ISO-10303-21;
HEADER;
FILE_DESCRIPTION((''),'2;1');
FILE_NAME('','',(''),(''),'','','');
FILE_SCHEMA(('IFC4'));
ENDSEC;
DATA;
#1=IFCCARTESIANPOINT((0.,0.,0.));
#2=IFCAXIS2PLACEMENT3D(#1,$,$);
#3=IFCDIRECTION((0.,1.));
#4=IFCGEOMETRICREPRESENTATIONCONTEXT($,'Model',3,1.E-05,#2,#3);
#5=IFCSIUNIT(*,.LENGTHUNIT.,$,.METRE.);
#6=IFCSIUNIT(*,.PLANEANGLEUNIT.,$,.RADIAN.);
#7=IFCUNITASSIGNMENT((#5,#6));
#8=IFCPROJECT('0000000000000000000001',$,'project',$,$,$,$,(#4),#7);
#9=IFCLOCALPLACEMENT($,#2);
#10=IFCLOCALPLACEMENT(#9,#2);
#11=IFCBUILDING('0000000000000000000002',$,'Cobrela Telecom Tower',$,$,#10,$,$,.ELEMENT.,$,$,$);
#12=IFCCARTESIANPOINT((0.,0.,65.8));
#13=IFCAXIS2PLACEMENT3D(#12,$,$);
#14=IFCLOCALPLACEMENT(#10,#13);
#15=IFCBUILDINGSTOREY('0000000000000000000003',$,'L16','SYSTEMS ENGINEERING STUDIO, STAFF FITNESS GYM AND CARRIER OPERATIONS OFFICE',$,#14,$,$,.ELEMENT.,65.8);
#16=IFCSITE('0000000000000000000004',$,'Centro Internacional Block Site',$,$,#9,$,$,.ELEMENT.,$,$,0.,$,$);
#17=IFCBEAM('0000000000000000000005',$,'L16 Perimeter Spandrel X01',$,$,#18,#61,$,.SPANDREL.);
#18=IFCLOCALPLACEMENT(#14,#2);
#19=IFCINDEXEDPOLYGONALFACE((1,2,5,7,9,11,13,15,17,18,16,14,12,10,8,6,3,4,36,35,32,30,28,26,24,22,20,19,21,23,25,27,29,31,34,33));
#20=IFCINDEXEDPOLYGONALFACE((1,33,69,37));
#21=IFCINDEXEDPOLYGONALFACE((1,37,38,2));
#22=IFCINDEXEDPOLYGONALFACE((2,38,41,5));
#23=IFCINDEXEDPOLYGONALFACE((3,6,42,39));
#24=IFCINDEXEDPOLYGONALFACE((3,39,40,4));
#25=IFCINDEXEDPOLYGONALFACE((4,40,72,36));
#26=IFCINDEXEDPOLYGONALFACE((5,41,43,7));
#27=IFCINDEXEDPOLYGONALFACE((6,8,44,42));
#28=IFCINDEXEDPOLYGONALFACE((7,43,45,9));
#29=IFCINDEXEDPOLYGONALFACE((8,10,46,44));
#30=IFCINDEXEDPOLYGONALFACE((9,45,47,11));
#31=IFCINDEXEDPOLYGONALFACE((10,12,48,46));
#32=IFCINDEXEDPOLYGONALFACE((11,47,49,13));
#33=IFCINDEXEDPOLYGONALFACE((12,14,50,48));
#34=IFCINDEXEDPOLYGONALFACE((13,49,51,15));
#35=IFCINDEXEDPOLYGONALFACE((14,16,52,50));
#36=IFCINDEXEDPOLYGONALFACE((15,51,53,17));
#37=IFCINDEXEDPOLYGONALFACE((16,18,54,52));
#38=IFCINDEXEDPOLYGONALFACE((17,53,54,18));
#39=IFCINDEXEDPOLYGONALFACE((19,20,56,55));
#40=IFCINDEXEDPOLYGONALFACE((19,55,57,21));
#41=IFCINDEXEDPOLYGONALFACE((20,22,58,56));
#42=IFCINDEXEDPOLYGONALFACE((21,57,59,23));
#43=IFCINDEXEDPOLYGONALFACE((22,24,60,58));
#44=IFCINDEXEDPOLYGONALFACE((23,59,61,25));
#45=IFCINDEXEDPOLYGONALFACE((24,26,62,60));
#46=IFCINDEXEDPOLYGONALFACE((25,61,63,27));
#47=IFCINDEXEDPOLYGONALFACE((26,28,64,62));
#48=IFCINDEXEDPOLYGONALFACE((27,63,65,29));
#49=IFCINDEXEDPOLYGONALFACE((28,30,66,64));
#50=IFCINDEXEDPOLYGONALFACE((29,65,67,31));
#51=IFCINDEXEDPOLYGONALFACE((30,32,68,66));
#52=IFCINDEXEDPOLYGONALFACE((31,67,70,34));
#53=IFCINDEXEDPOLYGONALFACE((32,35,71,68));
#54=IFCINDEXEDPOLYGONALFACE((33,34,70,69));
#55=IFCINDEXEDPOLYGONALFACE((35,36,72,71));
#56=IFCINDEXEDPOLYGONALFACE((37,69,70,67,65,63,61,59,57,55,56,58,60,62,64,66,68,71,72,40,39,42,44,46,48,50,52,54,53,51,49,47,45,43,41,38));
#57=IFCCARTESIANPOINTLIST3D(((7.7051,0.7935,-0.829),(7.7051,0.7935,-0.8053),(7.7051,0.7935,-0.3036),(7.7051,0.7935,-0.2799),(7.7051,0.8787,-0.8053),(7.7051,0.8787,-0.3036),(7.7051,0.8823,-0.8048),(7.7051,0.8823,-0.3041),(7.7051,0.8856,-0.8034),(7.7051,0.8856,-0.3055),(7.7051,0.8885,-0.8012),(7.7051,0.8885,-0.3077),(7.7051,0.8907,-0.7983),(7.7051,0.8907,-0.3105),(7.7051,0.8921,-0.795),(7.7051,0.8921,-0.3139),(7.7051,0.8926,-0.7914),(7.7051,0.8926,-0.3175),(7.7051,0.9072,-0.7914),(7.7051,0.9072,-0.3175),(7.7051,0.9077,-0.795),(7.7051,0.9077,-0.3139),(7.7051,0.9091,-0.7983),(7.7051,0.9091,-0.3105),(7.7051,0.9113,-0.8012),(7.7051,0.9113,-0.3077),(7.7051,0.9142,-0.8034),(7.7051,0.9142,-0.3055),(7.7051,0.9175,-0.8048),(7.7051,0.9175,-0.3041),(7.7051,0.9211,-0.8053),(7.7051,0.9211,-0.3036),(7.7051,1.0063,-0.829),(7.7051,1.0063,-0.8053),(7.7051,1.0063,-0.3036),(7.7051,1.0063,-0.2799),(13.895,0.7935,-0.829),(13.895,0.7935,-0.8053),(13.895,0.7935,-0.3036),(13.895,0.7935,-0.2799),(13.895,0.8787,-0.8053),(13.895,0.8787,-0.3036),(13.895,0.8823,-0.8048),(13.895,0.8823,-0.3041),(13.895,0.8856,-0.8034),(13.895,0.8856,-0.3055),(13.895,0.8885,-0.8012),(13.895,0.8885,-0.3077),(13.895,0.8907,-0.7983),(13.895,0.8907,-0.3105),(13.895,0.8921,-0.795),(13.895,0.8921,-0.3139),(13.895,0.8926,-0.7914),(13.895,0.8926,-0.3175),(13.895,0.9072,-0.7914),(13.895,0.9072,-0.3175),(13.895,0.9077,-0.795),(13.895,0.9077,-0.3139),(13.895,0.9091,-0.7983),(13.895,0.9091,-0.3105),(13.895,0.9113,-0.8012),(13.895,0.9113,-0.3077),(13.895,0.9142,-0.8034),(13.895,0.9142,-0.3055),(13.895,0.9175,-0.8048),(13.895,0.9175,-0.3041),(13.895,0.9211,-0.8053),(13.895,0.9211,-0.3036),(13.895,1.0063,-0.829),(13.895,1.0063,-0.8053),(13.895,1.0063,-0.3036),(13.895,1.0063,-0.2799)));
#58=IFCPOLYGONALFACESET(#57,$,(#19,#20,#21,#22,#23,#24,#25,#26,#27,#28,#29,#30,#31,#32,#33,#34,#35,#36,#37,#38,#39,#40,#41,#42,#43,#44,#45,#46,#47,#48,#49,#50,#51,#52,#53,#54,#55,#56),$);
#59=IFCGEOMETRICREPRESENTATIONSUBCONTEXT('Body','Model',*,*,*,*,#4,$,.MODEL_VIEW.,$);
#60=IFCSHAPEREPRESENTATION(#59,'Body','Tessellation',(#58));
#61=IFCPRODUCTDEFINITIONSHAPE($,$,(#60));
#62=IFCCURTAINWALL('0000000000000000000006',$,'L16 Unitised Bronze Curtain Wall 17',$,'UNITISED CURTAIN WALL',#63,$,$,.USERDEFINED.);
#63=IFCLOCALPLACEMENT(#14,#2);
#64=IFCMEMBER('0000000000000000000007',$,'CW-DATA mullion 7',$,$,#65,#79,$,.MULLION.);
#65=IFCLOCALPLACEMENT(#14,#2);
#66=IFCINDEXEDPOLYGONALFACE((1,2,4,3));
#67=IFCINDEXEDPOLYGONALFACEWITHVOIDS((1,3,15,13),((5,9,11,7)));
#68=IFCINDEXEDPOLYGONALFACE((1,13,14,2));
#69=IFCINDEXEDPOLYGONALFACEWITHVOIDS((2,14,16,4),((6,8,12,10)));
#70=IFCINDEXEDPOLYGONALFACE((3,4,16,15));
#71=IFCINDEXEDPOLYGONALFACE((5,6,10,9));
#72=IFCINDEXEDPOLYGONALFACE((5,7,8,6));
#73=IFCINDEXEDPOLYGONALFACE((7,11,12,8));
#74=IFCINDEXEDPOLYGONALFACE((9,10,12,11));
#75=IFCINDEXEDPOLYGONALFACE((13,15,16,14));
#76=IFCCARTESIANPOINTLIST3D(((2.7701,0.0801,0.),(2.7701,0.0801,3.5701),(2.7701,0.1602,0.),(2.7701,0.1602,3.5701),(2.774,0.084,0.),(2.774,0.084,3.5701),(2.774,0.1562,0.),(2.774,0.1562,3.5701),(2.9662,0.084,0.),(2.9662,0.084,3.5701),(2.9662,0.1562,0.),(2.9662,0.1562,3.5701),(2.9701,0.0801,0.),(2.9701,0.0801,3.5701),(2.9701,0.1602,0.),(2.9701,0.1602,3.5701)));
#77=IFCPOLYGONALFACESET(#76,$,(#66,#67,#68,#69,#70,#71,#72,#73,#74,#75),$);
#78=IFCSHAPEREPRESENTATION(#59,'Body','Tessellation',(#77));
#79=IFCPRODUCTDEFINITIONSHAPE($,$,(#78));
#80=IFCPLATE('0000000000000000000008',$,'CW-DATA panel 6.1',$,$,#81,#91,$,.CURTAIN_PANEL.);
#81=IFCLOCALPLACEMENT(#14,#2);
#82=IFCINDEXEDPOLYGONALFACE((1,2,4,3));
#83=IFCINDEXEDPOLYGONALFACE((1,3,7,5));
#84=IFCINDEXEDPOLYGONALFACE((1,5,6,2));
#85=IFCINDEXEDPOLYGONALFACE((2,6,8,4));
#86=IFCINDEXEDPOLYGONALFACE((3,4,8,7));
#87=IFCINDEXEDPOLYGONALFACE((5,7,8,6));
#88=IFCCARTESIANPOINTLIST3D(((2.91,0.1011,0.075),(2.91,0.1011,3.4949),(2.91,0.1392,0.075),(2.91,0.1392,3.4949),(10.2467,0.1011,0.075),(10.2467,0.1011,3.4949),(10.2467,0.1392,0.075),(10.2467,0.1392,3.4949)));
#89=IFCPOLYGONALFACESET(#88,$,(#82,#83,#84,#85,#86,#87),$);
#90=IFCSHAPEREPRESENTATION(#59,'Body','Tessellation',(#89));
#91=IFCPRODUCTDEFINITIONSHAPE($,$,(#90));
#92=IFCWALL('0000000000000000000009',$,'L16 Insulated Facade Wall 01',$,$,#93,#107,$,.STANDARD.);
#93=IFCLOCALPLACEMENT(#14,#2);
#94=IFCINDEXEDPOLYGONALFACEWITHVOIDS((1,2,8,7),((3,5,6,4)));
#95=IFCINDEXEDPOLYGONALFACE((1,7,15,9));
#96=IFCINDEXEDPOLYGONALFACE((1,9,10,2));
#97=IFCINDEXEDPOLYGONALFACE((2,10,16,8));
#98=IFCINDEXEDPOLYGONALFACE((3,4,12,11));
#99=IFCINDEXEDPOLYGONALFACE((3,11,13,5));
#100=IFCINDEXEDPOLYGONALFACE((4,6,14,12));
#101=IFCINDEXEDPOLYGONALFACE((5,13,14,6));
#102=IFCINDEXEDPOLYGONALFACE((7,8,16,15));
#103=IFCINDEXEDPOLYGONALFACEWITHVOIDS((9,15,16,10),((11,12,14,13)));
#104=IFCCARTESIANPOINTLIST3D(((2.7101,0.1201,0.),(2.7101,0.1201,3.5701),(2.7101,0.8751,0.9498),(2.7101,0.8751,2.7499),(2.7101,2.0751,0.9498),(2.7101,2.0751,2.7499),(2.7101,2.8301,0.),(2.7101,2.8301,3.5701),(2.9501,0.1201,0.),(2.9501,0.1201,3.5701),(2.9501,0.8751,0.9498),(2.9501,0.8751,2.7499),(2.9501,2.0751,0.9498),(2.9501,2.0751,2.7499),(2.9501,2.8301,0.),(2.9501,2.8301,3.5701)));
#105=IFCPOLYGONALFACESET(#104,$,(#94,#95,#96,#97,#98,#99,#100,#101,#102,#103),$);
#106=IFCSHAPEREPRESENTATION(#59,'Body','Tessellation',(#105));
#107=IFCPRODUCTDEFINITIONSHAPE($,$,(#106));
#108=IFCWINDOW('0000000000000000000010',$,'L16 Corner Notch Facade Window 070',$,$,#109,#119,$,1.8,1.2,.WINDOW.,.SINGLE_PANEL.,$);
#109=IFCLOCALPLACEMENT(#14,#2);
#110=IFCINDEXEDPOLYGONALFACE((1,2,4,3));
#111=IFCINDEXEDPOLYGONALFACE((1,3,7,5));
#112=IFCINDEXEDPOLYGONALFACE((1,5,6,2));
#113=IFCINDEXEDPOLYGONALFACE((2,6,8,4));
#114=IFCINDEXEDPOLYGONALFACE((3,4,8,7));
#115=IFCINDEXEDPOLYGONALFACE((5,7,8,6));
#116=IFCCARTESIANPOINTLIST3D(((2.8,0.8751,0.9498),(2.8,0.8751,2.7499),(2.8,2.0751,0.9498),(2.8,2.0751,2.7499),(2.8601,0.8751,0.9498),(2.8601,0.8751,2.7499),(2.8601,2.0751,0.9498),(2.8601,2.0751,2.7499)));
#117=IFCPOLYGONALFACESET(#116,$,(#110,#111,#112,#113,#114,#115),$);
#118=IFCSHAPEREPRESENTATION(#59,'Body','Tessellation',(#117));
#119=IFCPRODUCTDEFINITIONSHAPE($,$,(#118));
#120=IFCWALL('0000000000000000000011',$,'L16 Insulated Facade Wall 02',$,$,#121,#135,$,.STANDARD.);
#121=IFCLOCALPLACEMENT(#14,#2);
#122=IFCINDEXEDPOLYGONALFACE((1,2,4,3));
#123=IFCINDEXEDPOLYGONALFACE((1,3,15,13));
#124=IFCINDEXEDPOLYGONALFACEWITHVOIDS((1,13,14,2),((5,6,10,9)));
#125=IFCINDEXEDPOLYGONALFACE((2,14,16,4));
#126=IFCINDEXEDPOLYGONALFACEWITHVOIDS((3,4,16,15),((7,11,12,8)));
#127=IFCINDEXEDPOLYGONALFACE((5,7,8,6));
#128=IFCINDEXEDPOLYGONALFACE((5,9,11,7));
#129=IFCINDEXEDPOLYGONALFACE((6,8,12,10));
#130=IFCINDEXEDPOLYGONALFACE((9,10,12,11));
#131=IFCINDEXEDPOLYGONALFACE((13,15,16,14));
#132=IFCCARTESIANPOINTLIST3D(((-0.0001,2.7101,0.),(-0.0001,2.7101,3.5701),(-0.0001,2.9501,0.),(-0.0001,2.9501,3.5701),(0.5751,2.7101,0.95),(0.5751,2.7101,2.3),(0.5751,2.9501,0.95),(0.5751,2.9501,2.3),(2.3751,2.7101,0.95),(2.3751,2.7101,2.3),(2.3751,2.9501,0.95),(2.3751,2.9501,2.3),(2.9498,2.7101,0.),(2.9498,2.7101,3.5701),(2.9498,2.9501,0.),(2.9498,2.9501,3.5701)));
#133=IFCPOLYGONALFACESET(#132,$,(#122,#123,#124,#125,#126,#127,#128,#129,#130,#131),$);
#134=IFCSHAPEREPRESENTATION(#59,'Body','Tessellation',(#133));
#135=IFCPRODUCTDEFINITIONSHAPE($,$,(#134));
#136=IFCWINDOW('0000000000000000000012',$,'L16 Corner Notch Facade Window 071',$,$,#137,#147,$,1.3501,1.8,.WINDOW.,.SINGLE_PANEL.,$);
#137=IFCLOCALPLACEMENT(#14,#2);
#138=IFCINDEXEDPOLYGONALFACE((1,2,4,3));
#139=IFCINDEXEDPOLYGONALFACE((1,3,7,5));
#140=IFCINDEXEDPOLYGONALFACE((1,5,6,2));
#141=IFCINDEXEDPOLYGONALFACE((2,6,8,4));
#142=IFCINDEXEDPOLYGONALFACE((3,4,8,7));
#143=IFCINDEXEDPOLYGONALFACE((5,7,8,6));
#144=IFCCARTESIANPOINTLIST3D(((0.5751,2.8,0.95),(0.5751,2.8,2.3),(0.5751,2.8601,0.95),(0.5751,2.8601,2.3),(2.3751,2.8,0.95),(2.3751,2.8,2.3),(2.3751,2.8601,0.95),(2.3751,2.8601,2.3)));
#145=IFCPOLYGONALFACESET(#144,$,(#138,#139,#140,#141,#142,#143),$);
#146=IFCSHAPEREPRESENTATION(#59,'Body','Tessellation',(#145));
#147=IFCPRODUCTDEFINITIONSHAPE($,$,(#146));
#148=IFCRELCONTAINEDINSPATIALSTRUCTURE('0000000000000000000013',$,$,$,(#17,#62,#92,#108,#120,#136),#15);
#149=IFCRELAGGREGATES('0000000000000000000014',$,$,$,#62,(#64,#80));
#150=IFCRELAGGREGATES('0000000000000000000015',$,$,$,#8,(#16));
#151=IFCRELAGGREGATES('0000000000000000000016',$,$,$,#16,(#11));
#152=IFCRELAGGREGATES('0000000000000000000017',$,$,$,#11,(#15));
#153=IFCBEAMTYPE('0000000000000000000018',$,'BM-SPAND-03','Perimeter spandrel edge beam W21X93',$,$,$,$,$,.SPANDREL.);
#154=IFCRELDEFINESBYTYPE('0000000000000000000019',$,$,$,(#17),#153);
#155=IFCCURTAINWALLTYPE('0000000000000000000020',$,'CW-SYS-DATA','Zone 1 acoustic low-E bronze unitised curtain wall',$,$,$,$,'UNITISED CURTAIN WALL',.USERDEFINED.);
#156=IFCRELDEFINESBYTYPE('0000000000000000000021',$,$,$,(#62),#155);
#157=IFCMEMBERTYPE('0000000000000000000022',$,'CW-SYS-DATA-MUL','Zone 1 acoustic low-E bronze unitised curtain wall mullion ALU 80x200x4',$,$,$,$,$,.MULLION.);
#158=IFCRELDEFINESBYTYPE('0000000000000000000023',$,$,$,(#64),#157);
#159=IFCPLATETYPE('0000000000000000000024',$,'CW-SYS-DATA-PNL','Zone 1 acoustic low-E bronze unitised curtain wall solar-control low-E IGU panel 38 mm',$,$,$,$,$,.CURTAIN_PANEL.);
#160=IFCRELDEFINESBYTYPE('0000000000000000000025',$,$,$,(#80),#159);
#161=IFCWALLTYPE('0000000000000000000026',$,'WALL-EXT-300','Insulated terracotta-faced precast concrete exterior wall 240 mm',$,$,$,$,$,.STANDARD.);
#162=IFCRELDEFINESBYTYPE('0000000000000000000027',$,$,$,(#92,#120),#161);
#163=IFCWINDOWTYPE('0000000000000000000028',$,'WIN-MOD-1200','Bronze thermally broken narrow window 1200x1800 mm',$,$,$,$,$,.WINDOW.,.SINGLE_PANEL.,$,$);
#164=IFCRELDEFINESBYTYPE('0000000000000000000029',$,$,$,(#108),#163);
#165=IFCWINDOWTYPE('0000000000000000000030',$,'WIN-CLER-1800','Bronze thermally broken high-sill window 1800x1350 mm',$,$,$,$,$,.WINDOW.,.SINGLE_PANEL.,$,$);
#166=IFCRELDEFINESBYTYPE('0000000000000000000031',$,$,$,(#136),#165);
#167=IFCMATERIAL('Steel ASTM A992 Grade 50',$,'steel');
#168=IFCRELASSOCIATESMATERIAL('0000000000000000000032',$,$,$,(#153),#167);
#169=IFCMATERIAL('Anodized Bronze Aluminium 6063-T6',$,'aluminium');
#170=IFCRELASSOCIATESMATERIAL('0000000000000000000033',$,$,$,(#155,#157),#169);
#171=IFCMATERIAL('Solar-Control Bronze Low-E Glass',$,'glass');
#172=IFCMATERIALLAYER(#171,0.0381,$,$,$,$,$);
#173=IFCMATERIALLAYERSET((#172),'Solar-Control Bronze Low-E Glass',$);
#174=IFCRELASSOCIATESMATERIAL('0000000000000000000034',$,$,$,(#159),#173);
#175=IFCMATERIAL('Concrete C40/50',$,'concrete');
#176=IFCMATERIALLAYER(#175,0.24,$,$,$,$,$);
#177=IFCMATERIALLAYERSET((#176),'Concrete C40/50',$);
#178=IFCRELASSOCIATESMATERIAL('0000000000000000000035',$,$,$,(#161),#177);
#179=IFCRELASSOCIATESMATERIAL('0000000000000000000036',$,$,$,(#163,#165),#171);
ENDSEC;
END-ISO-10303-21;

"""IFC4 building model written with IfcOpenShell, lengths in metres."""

from ifc_helpers import new_model, si_unit, direction, frame, frame_2d, origin, origin_2d, place, context, subcontext, project, spatial, rectangle, hollow_rectangle, i_section, extrude, material, layer, layer_set, material_profile, profile_set, type_object, element, fill, aggregate, save


model = new_model("IFC4")

# Units and contexts
model_context = context("Model", 3, precision=1e-05, world=origin(), true_north=direction((0.0, 1.0)))
body_context = subcontext(model_context, "Body", "Model", "MODEL_VIEW")
ifc_project = project(units=[si_unit("LENGTHUNIT", "METRE"), si_unit("PLANEANGLEUNIT", "RADIAN")], contexts=[model_context])

# Site, building, storey
site_placement = place(None, origin())
site = spatial("IfcSite", under=ifc_project, at=site_placement, Name="Centro Internacional Block Site", CompositionType="ELEMENT", RefElevation=0.0)
building_placement = place(site_placement, origin())
building = spatial("IfcBuilding", under=site, at=building_placement, Name="Cobrela Telecom Tower", CompositionType="ELEMENT")
storey_placement = place(building_placement, frame((0.0, 0.0, 65.8)))
storey = spatial("IfcBuildingStorey", under=building, at=storey_placement, Name="L16", Description="SYSTEMS ENGINEERING STUDIO, STAFF FITNESS GYM AND CARRIER OPERATIONS OFFICE", CompositionType="ELEMENT", Elevation=65.8)

# Beam
ifc_material_1 = material(Name="Steel ASTM A992 Grade 50", Category="steel")
ifc_material_profile_1 = material_profile(ifc_material_1, i_section(OverallWidth=0.2129, OverallDepth=0.5491, WebThickness=0.0146, FlangeThickness=0.0237, FilletRadius=0.0139, at=origin_2d()), Name="W21X93")
ifc_profile_set_1 = profile_set([ifc_material_profile_1], Name="Steel ASTM A992 Grade 50")
beam_type_1 = type_object("IfcBeamType", Name="BM-SPAND-03", Description="Perimeter spandrel edge beam W21X93", PredefinedType="SPANDREL", material=ifc_profile_set_1)
beam_1_placement = place(storey_placement, frame((7.7051, 0.8999, -0.5544), z_axis=(1.0, 0.0, 0.0), x_axis=(0.0, 1.0, 0.0)))
element("IfcBeam", 1, at=beam_1_placement, inside=storey, type_object=beam_type_1, Name="L16 Perimeter Spandrel X01", PredefinedType="SPANDREL", context=body_context, shape_type="SweptSolid", body=[
    extrude(i_section(OverallWidth=0.2129, OverallDepth=0.5491, WebThickness=0.0146, FlangeThickness=0.0237, FilletRadius=0.0139, at=origin_2d()), origin(), (0.0, 0.0, 1.0), 6.1899),
])

# Curtain wall, member, plate
ifc_material_2 = material(Name="Anodized Bronze Aluminium 6063-T6", Category="aluminium")
curtain_wall_type = type_object("IfcCurtainWallType", Name="CW-SYS-DATA", Description="Zone 1 acoustic low-E bronze unitised curtain wall", ElementType="UNITISED CURTAIN WALL", PredefinedType="USERDEFINED", material=ifc_material_2)
curtain_wall_placement = place(storey_placement, origin())
curtain_wall = element("IfcCurtainWall", 2, at=curtain_wall_placement, inside=storey, type_object=curtain_wall_type, Name="L16 Unitised Bronze Curtain Wall 17", ObjectType="UNITISED CURTAIN WALL", PredefinedType="USERDEFINED")
ifc_material_profile_2 = material_profile(ifc_material_2, hollow_rectangle(XDim=0.0801, YDim=0.2, WallThickness=0.0039, at=origin_2d()), Name="ALU 80x200x4")
ifc_profile_set_2 = profile_set([ifc_material_profile_2], Name="Anodized Bronze Aluminium 6063-T6")
member_type = type_object("IfcMemberType", Name="CW-SYS-DATA-MUL", Description="Zone 1 acoustic low-E bronze unitised curtain wall mullion ALU 80x200x4", PredefinedType="MULLION", material=ifc_profile_set_2)
member_placement = place(storey_placement, frame((2.8701, 0.1201, 0.0), z_axis=(0.0, 0.0, 1.0), x_axis=(0.0, -1.0, 0.0)))
member = element("IfcMember", 3, at=member_placement, type_object=member_type, Name="CW-DATA mullion 7", PredefinedType="MULLION", context=body_context, shape_type="SweptSolid", body=[
    extrude(hollow_rectangle(XDim=0.0801, YDim=0.2, WallThickness=0.0039, at=origin_2d()), origin(), (0.0, 0.0, 1.0), 3.5701),
])
ifc_material_3 = material(Name="Solar-Control Bronze Low-E Glass", Category="glass")
ifc_layer_1 = layer(ifc_material_3, 0.0381)
ifc_layer_set_1 = layer_set([ifc_layer_1], Name="Solar-Control Bronze Low-E Glass")
plate_type = type_object("IfcPlateType", Name="CW-SYS-DATA-PNL", Description="Zone 1 acoustic low-E bronze unitised curtain wall solar-control low-E IGU panel 38 mm", PredefinedType="CURTAIN_PANEL", material=ifc_layer_set_1)
plate_placement = place(storey_placement, frame((6.5784, 0.1201, 0.075), z_axis=(0.0, 0.0, 1.0), x_axis=(-1.0, 0.0, 0.0)))
plate = element("IfcPlate", 4, at=plate_placement, type_object=plate_type, Name="CW-DATA panel 6.1", PredefinedType="CURTAIN_PANEL", context=body_context, shape_type="SweptSolid", body=[
    extrude(rectangle(XDim=7.3367, YDim=0.0381, at=origin_2d()), origin(), (0.0, 0.0, 1.0), 3.4199),
])
aggregate(curtain_wall, [member, plate])

# Walls, openings, windows
ifc_material_4 = material(Name="Concrete C40/50", Category="concrete")
ifc_layer_2 = layer(ifc_material_4, 0.24)
ifc_layer_set_2 = layer_set([ifc_layer_2], Name="Concrete C40/50")
wall_type_1 = type_object("IfcWallType", Name="WALL-EXT-300", Description="Insulated terracotta-faced precast concrete exterior wall 240 mm", PredefinedType="STANDARD", material=ifc_layer_set_2)
wall_1_placement = place(storey_placement, frame((2.8301, 0.1201, 0.0), z_axis=(0.0, 0.0, 1.0), x_axis=(0.0, 1.0, 0.0)))
wall_1 = element("IfcWall", 5, at=wall_1_placement, inside=storey, type_object=wall_type_1, Name="L16 Insulated Facade Wall 01", PredefinedType="STANDARD", context=body_context, shape_type="SweptSolid", body=[
    extrude(rectangle(XDim=2.71, YDim=0.24, at=frame_2d((1.355, 0.0))), origin(), (0.0, 0.0, 1.0), 3.5701),
])
opening_1_placement = place(wall_1_placement, frame((0.7549, 0.0, 0.95)))
opening_1 = element("IfcOpeningElement", 6, at=opening_1_placement, cuts=wall_1, PredefinedType="OPENING", context=body_context, shape_type="SweptSolid", body=[
    extrude(rectangle(XDim=1.2, YDim=1.8, at=frame_2d((0.6001, 0.8999))), frame((0.0, 0.1318, 0.0), z_axis=(0.0, -1.0, 0.0), x_axis=(1.0, 0.0, 0.0)), (0.0, 0.0, 1.0), 0.2639),
])
window_type_1 = type_object("IfcWindowType", Name="WIN-MOD-1200", Description="Bronze thermally broken narrow window 1200x1800 mm", PartitioningType="SINGLE_PANEL", PredefinedType="WINDOW", material=ifc_material_3)
window_1_placement = place(opening_1_placement, origin())
window_1 = element("IfcWindow", 7, at=window_1_placement, inside=storey, type_object=window_type_1, Name="L16 Corner Notch Facade Window 070", OverallHeight=1.8, OverallWidth=1.2, PartitioningType="SINGLE_PANEL", PredefinedType="WINDOW", context=body_context, shape_type="SweptSolid", body=[
    extrude(rectangle(XDim=1.2, YDim=1.8, at=frame_2d((0.6001, 0.8999))), frame((0.0, 0.03, 0.0), z_axis=(0.0, -1.0, 0.0), x_axis=(1.0, 0.0, 0.0)), (0.0, 0.0, 1.0), 0.0601),
])
fill(opening_1, window_1)
wall_2_placement = place(storey_placement, frame((2.95, 2.8301, 0.0), z_axis=(0.0, 0.0, 1.0), x_axis=(-1.0, 0.0, 0.0)))
wall_2 = element("IfcWall", 8, at=wall_2_placement, inside=storey, type_object=wall_type_1, Name="L16 Insulated Facade Wall 02", PredefinedType="STANDARD", context=body_context, shape_type="SweptSolid", body=[
    extrude(rectangle(XDim=2.95, YDim=0.24, at=frame_2d((1.4751, 0.0))), origin(), (0.0, 0.0, 1.0), 3.5701),
])
opening_2_placement = place(wall_2_placement, frame((0.575, 0.0, 0.95)))
opening_2 = element("IfcOpeningElement", 9, at=opening_2_placement, cuts=wall_2, PredefinedType="OPENING", context=body_context, shape_type="SweptSolid", body=[
    extrude(rectangle(XDim=1.8, YDim=1.3501, at=frame_2d((0.8999, 0.675))), frame((0.0, 0.1318, 0.0), z_axis=(0.0, -1.0, 0.0), x_axis=(1.0, 0.0, 0.0)), (0.0, 0.0, 1.0), 0.2639),
])
window_type_2 = type_object("IfcWindowType", Name="WIN-CLER-1800", Description="Bronze thermally broken high-sill window 1800x1350 mm", PartitioningType="SINGLE_PANEL", PredefinedType="WINDOW", material=ifc_material_3)
window_2_placement = place(opening_2_placement, origin())
window_2 = element("IfcWindow", 10, at=window_2_placement, inside=storey, type_object=window_type_2, Name="L16 Corner Notch Facade Window 071", OverallHeight=1.3501, OverallWidth=1.8, PartitioningType="SINGLE_PANEL", PredefinedType="WINDOW", context=body_context, shape_type="SweptSolid", body=[
    extrude(rectangle(XDim=1.8, YDim=1.3501, at=frame_2d((0.8999, 0.675))), frame((0.0, 0.03, 0.0), z_axis=(0.0, -1.0, 0.0), x_axis=(1.0, 0.0, 0.0)), (0.0, 0.0, 1.0), 0.0601),
])
fill(opening_2, window_2)

save(model, "model.ifc")
